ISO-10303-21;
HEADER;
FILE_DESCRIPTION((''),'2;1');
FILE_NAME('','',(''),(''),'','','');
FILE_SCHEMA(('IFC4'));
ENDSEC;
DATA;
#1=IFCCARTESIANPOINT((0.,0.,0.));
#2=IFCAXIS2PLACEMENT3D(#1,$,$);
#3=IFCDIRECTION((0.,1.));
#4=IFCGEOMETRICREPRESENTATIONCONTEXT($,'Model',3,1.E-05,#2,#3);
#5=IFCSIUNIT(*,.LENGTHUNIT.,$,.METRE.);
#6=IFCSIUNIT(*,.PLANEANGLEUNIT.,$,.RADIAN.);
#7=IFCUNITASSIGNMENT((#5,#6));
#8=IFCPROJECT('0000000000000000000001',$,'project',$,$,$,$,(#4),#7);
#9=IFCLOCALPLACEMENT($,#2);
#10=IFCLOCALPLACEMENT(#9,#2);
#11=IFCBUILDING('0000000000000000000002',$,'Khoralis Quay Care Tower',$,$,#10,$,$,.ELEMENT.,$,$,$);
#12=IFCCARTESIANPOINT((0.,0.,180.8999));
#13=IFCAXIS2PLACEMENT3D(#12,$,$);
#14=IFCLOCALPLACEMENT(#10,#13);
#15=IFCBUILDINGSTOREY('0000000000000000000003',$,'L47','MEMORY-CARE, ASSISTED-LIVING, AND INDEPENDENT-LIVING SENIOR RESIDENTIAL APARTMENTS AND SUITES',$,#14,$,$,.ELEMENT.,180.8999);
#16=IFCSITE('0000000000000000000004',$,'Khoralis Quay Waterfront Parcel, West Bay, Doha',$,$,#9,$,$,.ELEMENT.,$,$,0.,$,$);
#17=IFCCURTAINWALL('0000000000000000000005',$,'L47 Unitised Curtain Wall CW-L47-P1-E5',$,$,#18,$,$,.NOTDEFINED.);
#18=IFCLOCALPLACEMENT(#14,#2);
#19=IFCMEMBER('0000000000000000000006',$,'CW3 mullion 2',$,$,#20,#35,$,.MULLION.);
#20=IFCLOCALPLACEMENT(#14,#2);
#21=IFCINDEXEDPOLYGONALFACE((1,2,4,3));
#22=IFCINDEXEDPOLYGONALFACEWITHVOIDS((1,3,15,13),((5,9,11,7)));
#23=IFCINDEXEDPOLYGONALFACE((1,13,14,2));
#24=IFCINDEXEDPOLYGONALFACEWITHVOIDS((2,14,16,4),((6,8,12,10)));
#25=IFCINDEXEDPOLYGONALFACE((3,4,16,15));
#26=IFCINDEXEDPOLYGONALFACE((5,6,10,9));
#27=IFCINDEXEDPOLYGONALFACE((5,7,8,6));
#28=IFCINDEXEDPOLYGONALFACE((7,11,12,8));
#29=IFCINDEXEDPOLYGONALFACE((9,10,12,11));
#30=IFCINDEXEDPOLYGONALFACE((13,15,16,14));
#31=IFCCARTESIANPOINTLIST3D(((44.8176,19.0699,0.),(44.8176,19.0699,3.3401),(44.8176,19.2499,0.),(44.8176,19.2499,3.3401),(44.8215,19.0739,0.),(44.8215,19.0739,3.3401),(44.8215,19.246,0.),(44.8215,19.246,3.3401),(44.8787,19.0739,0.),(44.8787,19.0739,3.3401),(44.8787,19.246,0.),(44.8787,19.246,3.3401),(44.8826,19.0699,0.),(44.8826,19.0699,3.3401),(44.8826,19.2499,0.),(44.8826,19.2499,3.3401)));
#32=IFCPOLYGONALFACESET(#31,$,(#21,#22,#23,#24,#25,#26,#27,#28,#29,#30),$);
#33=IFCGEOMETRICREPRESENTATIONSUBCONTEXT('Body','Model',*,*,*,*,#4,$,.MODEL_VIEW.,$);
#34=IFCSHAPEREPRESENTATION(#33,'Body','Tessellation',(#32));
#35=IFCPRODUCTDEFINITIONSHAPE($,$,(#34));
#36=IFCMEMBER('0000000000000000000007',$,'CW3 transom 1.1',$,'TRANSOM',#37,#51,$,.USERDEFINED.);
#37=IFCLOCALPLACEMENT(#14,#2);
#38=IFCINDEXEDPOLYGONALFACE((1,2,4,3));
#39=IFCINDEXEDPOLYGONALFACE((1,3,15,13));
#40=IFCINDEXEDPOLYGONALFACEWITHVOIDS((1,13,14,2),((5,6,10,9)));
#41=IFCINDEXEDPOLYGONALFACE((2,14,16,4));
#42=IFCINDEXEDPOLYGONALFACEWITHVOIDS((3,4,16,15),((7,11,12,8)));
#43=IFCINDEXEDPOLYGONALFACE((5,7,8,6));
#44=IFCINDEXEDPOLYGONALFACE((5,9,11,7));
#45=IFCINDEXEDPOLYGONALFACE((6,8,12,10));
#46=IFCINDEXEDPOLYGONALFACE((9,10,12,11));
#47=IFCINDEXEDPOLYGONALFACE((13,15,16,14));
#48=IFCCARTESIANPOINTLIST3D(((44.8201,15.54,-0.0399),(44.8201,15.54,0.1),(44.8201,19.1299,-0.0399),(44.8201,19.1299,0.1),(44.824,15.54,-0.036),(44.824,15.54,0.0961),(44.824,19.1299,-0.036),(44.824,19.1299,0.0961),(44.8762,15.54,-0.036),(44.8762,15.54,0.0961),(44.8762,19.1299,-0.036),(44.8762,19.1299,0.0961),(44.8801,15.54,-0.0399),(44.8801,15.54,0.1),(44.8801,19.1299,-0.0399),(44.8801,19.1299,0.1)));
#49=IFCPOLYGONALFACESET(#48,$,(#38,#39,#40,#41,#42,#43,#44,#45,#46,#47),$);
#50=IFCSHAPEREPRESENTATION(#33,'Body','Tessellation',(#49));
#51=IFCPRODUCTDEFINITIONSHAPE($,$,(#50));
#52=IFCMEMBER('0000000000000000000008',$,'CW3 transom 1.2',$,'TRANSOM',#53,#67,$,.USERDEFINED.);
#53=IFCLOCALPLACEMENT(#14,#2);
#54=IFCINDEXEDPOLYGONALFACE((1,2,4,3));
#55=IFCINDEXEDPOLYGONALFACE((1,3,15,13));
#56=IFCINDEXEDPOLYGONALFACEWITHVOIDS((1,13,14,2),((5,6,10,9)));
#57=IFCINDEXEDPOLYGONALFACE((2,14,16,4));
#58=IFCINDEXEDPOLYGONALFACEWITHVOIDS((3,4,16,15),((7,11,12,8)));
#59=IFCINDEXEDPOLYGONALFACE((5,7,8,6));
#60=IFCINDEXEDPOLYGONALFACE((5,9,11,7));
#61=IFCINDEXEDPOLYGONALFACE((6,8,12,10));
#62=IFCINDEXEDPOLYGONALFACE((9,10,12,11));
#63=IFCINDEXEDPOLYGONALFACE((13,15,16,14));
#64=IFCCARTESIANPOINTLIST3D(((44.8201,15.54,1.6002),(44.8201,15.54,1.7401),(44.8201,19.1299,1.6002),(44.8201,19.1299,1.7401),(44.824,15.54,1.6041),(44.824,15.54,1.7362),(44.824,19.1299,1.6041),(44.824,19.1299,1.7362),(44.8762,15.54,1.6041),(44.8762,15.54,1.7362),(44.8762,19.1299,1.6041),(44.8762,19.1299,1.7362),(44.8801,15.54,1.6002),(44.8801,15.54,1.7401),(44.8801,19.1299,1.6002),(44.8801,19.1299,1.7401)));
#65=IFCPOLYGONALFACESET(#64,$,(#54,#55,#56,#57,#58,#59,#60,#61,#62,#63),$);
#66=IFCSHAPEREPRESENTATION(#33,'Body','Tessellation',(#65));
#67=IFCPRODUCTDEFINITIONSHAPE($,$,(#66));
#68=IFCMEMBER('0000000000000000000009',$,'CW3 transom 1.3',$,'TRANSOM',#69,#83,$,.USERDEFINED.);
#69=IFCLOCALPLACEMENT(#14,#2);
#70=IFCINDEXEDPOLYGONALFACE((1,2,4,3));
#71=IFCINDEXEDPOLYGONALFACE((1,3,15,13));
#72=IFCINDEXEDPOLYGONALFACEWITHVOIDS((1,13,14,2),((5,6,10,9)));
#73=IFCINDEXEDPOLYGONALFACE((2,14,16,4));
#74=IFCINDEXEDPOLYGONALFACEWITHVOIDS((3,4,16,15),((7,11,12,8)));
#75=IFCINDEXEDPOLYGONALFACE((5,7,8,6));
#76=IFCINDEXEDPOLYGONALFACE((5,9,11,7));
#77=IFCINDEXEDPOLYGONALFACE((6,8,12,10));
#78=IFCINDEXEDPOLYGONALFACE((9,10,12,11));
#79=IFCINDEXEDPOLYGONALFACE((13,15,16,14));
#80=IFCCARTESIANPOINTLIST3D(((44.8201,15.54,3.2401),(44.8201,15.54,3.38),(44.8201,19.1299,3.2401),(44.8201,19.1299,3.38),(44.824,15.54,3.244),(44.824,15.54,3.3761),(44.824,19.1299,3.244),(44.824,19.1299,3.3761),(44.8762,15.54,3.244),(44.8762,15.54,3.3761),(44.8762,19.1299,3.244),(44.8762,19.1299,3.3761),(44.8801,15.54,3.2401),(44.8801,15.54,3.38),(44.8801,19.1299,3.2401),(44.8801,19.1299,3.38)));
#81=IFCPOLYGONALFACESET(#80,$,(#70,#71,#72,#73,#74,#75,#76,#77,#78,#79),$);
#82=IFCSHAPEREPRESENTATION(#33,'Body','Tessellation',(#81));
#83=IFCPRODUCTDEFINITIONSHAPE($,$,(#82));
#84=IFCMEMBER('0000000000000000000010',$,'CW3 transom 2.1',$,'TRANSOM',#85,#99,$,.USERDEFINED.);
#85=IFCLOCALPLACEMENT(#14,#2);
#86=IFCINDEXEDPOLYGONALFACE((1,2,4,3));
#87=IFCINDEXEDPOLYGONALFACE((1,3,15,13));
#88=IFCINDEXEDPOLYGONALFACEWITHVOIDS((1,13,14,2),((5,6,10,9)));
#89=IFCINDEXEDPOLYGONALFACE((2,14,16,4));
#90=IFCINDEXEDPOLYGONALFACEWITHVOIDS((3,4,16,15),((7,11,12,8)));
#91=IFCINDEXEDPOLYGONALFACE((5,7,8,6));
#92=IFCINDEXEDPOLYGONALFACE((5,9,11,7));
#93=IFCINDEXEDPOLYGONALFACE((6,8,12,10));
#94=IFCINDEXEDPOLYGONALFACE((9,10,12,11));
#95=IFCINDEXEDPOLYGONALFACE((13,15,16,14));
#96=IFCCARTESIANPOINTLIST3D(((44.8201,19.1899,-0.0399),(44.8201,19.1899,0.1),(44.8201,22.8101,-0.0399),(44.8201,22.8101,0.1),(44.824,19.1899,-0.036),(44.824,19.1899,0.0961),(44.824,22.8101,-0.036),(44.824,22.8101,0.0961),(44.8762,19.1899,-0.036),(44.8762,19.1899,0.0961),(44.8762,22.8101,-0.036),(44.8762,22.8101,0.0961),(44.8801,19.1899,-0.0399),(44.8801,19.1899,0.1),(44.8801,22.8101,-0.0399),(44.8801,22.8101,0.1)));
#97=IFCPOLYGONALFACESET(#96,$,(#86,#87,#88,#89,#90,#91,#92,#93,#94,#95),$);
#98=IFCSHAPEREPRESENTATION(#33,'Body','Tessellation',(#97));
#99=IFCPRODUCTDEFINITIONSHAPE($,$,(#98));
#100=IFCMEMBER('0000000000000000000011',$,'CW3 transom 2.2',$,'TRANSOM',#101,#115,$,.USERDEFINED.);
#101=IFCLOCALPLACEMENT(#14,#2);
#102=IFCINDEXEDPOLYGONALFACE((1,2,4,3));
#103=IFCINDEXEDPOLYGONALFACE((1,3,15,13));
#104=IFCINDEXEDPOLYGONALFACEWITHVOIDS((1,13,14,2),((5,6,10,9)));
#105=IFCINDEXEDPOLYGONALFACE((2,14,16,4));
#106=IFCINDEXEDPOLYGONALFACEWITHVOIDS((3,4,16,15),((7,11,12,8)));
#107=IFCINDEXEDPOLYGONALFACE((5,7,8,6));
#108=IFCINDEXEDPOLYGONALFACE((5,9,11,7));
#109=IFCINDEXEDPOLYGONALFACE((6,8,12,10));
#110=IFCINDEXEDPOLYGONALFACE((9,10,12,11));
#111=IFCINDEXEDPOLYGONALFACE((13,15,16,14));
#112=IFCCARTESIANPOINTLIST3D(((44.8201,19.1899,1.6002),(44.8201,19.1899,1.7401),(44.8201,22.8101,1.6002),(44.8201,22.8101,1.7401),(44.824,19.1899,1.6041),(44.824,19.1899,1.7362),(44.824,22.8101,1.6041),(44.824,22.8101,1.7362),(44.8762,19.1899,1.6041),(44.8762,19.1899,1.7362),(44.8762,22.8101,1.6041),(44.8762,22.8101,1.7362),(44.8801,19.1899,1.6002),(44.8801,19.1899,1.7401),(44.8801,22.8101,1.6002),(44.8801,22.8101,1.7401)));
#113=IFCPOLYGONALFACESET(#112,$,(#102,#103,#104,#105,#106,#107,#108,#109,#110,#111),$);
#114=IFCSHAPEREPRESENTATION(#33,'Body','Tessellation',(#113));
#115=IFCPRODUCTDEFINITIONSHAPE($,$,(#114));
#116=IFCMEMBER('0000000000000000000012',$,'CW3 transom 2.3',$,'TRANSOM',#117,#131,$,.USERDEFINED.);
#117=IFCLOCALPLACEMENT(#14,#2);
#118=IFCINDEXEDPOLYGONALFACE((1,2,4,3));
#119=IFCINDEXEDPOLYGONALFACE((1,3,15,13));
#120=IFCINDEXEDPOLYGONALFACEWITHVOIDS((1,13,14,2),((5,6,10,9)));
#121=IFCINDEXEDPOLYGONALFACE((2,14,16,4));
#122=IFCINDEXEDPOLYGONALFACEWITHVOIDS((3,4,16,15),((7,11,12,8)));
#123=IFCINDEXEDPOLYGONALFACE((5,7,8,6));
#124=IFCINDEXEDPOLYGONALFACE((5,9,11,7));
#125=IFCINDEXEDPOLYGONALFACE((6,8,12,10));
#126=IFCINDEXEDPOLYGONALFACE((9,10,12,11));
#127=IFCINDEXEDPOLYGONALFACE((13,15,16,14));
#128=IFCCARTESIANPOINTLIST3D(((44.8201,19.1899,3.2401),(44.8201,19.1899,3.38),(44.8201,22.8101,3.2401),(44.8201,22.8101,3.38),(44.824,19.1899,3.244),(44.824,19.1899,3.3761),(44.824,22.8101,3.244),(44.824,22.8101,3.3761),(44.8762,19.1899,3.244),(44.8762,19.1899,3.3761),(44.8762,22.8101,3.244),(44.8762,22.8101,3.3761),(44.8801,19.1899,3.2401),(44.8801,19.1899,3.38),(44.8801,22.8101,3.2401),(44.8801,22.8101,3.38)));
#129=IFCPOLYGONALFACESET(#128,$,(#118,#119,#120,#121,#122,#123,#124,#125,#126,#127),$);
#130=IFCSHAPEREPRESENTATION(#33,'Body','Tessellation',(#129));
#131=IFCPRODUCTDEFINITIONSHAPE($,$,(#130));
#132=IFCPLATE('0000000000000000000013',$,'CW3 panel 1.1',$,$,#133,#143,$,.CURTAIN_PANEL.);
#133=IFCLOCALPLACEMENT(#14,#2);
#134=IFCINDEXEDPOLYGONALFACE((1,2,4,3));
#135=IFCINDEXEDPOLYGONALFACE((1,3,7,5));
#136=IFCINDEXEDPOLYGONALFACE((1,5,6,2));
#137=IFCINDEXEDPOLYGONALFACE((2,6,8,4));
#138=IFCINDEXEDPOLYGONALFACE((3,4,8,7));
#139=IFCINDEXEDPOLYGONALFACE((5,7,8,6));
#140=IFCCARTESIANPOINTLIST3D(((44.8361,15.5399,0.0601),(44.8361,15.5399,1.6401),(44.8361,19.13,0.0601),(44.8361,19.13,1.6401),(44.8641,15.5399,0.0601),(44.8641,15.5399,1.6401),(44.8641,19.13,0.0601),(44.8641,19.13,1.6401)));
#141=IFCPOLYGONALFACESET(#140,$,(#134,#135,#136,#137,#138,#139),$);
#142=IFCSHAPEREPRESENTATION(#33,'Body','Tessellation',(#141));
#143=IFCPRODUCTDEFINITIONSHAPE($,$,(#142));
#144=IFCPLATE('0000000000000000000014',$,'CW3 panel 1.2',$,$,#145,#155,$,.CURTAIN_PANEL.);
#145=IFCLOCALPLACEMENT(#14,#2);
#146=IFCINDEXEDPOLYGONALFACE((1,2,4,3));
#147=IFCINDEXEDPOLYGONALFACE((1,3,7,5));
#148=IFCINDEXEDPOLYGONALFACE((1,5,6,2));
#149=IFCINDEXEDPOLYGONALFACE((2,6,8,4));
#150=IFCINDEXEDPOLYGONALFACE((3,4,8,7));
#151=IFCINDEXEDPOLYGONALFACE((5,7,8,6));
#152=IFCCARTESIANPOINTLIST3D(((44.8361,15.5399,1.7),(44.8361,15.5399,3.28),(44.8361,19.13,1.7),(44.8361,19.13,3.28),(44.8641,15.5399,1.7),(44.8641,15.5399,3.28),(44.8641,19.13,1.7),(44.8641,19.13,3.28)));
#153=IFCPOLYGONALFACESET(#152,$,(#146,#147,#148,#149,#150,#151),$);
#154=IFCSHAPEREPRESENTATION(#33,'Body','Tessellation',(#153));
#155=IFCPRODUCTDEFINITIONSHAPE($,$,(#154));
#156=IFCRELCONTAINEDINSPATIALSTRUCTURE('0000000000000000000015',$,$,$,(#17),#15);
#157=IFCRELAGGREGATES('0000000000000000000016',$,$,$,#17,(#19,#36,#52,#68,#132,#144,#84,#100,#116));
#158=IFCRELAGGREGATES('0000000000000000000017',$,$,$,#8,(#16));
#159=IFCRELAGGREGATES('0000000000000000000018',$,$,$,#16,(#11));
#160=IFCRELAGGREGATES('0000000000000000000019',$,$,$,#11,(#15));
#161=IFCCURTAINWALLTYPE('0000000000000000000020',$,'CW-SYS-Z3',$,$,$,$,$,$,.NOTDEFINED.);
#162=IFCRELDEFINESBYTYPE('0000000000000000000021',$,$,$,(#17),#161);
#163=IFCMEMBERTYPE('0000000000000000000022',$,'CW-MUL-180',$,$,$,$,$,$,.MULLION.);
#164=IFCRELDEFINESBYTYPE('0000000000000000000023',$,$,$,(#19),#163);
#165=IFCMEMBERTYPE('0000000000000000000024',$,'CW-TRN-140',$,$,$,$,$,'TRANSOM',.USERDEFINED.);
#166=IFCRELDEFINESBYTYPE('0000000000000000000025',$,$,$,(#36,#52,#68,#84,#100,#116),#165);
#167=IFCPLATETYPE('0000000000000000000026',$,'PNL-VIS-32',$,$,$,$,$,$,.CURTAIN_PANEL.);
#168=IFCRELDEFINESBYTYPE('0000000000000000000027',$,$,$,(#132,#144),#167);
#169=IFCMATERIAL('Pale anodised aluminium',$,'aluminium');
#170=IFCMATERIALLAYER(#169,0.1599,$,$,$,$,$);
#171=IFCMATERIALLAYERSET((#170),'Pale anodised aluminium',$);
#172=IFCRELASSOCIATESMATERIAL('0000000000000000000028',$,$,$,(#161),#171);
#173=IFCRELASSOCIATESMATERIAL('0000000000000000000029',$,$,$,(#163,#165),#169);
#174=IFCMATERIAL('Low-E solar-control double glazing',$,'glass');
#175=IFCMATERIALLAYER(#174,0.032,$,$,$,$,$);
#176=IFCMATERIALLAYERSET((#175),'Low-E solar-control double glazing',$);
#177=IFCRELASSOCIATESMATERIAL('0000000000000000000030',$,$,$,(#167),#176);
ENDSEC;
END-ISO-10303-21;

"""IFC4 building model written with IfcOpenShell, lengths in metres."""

from ifc_helpers import new_model, si_unit, direction, frame, origin, origin_2d, place, context, subcontext, project, spatial, rectangle, hollow_rectangle, extrude, source, transform, mapped, material, layer, layer_set, material_profile, profile_set, type_object, element, aggregate, save


model = new_model("IFC4")

# Units and contexts
model_context = context("Model", 3, precision=1e-05, world=origin(), true_north=direction((0.0, 1.0)))
body_context = subcontext(model_context, "Body", "Model", "MODEL_VIEW")
ifc_project = project(units=[si_unit("LENGTHUNIT", "METRE"), si_unit("PLANEANGLEUNIT", "RADIAN")], contexts=[model_context])

# Site, building, storey
site_placement = place(None, origin())
site = spatial("IfcSite", under=ifc_project, at=site_placement, Name="Khoralis Quay Waterfront Parcel, West Bay, Doha", CompositionType="ELEMENT", RefElevation=0.0)
building_placement = place(site_placement, origin())
building = spatial("IfcBuilding", under=site, at=building_placement, Name="Khoralis Quay Care Tower", CompositionType="ELEMENT")
storey_placement = place(building_placement, frame((0.0, 0.0, 180.8999)))
storey = spatial("IfcBuildingStorey", under=building, at=storey_placement, Name="L47", Description="MEMORY-CARE, ASSISTED-LIVING, AND INDEPENDENT-LIVING SENIOR RESIDENTIAL APARTMENTS AND SUITES", CompositionType="ELEMENT", Elevation=180.8999)

# Curtain wall, members, plates
ifc_material_1 = material(Name="Pale anodised aluminium", Category="aluminium")
ifc_layer_1 = layer(ifc_material_1, 0.1599)
ifc_layer_set_1 = layer_set([ifc_layer_1], Name="Pale anodised aluminium")
curtain_wall_type = type_object("IfcCurtainWallType", Name="CW-SYS-Z3", PredefinedType="NOTDEFINED", material=ifc_layer_set_1)
curtain_wall_placement = place(storey_placement, origin())
curtain_wall = element("IfcCurtainWall", 1, at=curtain_wall_placement, inside=storey, type_object=curtain_wall_type, Name="L47 Unitised Curtain Wall CW-L47-P1-E5", PredefinedType="NOTDEFINED")
ifc_material_profile_1 = material_profile(ifc_material_1, hollow_rectangle(XDim=0.0649, YDim=0.1799, WallThickness=0.0039, at=origin_2d()), Name="Pale anodised aluminium")
ifc_profile_set_1 = profile_set([ifc_material_profile_1], Name="Pale anodised aluminium")
member_type_1 = type_object("IfcMemberType", Name="CW-MUL-180", PredefinedType="MULLION", material=ifc_profile_set_1)
shared_shape_1 = source(origin(), body_context, "Body", "SweptSolid", [
    extrude(hollow_rectangle(XDim=0.0649, YDim=0.1799, WallThickness=0.0039, at=origin_2d()), origin(), (0.0, 0.0, 1.0), 3.3401),
])
member_1_placement = place(storey_placement, frame((44.8501, 19.1599, 0.0), z_axis=(0.0, 0.0, 1.0), x_axis=(-1.0, 0.0, 0.0)))
member_1 = element("IfcMember", 2, at=member_1_placement, type_object=member_type_1, Name="CW3 mullion 2", PredefinedType="MULLION", context=body_context, shape_type="MappedRepresentation", body=[
    mapped(shared_shape_1, transform((0.0, 0.0, 0.0), scale=1.0)),
])
ifc_material_profile_2 = material_profile(ifc_material_1, hollow_rectangle(XDim=0.0601, YDim=0.1399, WallThickness=0.0039, at=origin_2d()), Name="Pale anodised aluminium")
ifc_profile_set_2 = profile_set([ifc_material_profile_2], Name="Pale anodised aluminium")
member_type_2 = type_object("IfcMemberType", Name="CW-TRN-140", ElementType="TRANSOM", PredefinedType="USERDEFINED", material=ifc_profile_set_2)
shared_shape_2 = source(origin(), body_context, "Body", "SweptSolid", [
    extrude(hollow_rectangle(XDim=0.0601, YDim=0.1399, WallThickness=0.0039, at=origin_2d()), origin(), (0.0, 0.0, 1.0), 3.5898),
])
member_2_placement = place(storey_placement, frame((44.8501, 15.54, 0.03), z_axis=(0.0, 1.0, 0.0), x_axis=(-1.0, 0.0, 0.0)))
member_2 = element("IfcMember", 3, at=member_2_placement, type_object=member_type_2, Name="CW3 transom 1.1", ObjectType="TRANSOM", PredefinedType="USERDEFINED", context=body_context, shape_type="MappedRepresentation", body=[
    mapped(shared_shape_2, transform((0.0, 0.0, 0.0), scale=1.0)),
])
member_3_placement = place(storey_placement, frame((44.8501, 15.54, 1.6702), z_axis=(0.0, 1.0, 0.0), x_axis=(-1.0, 0.0, 0.0)))
member_3 = element("IfcMember", 4, at=member_3_placement, type_object=member_type_2, Name="CW3 transom 1.2", ObjectType="TRANSOM", PredefinedType="USERDEFINED", context=body_context, shape_type="MappedRepresentation", body=[
    mapped(shared_shape_2, transform((0.0, 0.0, 0.0), scale=1.0)),
])
member_4_placement = place(storey_placement, frame((44.8501, 15.54, 3.3101), z_axis=(0.0, 1.0, 0.0), x_axis=(-1.0, 0.0, 0.0)))
member_4 = element("IfcMember", 5, at=member_4_placement, type_object=member_type_2, Name="CW3 transom 1.3", ObjectType="TRANSOM", PredefinedType="USERDEFINED", context=body_context, shape_type="MappedRepresentation", body=[
    mapped(shared_shape_2, transform((0.0, 0.0, 0.0), scale=1.0)),
])
shared_shape_3 = source(origin(), body_context, "Body", "SweptSolid", [
    extrude(hollow_rectangle(XDim=0.0601, YDim=0.1399, WallThickness=0.0039, at=origin_2d()), origin(), (0.0, 0.0, 1.0), 3.6201),
])
member_5_placement = place(storey_placement, frame((44.8501, 19.1899, 0.03), z_axis=(0.0, 1.0, 0.0), x_axis=(-1.0, 0.0, 0.0)))
member_5 = element("IfcMember", 6, at=member_5_placement, type_object=member_type_2, Name="CW3 transom 2.1", ObjectType="TRANSOM", PredefinedType="USERDEFINED", context=body_context, shape_type="MappedRepresentation", body=[
    mapped(shared_shape_3, transform((0.0, 0.0, 0.0), scale=1.0)),
])
member_6_placement = place(storey_placement, frame((44.8501, 19.1899, 1.6702), z_axis=(0.0, 1.0, 0.0), x_axis=(-1.0, 0.0, 0.0)))
member_6 = element("IfcMember", 7, at=member_6_placement, type_object=member_type_2, Name="CW3 transom 2.2", ObjectType="TRANSOM", PredefinedType="USERDEFINED", context=body_context, shape_type="MappedRepresentation", body=[
    mapped(shared_shape_3, transform((0.0, 0.0, 0.0), scale=1.0)),
])
member_7_placement = place(storey_placement, frame((44.8501, 19.1899, 3.3101), z_axis=(0.0, 1.0, 0.0), x_axis=(-1.0, 0.0, 0.0)))
member_7 = element("IfcMember", 8, at=member_7_placement, type_object=member_type_2, Name="CW3 transom 2.3", ObjectType="TRANSOM", PredefinedType="USERDEFINED", context=body_context, shape_type="MappedRepresentation", body=[
    mapped(shared_shape_3, transform((0.0, 0.0, 0.0), scale=1.0)),
])
ifc_material_2 = material(Name="Low-E solar-control double glazing", Category="glass")
ifc_layer_2 = layer(ifc_material_2, 0.032)
ifc_layer_set_2 = layer_set([ifc_layer_2], Name="Low-E solar-control double glazing")
plate_type = type_object("IfcPlateType", Name="PNL-VIS-32", PredefinedType="CURTAIN_PANEL", material=ifc_layer_set_2)
shared_shape_4 = source(origin(), body_context, "Body", "SweptSolid", [
    extrude(rectangle(XDim=3.5901, YDim=0.0281, at=origin_2d()), origin(), (0.0, 0.0, 1.0), 1.5801),
])
plate_1_placement = place(storey_placement, frame((44.8501, 17.335, 0.0601), z_axis=(0.0, 0.0, 1.0), x_axis=(0.0, 1.0, 0.0)))
plate_1 = element("IfcPlate", 9, at=plate_1_placement, type_object=plate_type, Name="CW3 panel 1.1", PredefinedType="CURTAIN_PANEL", context=body_context, shape_type="MappedRepresentation", body=[
    mapped(shared_shape_4, transform((0.0, 0.0, 0.0), scale=1.0)),
])
plate_2_placement = place(storey_placement, frame((44.8501, 17.335, 1.7), z_axis=(0.0, 0.0, 1.0), x_axis=(0.0, 1.0, 0.0)))
plate_2 = element("IfcPlate", 10, at=plate_2_placement, type_object=plate_type, Name="CW3 panel 1.2", PredefinedType="CURTAIN_PANEL", context=body_context, shape_type="MappedRepresentation", body=[
    mapped(shared_shape_4, transform((0.0, 0.0, 0.0), scale=1.0)),
])
aggregate(curtain_wall, [member_1, member_2, member_3, member_4, plate_1, plate_2, member_5, member_6, member_7])

save(model, "model.ifc")
